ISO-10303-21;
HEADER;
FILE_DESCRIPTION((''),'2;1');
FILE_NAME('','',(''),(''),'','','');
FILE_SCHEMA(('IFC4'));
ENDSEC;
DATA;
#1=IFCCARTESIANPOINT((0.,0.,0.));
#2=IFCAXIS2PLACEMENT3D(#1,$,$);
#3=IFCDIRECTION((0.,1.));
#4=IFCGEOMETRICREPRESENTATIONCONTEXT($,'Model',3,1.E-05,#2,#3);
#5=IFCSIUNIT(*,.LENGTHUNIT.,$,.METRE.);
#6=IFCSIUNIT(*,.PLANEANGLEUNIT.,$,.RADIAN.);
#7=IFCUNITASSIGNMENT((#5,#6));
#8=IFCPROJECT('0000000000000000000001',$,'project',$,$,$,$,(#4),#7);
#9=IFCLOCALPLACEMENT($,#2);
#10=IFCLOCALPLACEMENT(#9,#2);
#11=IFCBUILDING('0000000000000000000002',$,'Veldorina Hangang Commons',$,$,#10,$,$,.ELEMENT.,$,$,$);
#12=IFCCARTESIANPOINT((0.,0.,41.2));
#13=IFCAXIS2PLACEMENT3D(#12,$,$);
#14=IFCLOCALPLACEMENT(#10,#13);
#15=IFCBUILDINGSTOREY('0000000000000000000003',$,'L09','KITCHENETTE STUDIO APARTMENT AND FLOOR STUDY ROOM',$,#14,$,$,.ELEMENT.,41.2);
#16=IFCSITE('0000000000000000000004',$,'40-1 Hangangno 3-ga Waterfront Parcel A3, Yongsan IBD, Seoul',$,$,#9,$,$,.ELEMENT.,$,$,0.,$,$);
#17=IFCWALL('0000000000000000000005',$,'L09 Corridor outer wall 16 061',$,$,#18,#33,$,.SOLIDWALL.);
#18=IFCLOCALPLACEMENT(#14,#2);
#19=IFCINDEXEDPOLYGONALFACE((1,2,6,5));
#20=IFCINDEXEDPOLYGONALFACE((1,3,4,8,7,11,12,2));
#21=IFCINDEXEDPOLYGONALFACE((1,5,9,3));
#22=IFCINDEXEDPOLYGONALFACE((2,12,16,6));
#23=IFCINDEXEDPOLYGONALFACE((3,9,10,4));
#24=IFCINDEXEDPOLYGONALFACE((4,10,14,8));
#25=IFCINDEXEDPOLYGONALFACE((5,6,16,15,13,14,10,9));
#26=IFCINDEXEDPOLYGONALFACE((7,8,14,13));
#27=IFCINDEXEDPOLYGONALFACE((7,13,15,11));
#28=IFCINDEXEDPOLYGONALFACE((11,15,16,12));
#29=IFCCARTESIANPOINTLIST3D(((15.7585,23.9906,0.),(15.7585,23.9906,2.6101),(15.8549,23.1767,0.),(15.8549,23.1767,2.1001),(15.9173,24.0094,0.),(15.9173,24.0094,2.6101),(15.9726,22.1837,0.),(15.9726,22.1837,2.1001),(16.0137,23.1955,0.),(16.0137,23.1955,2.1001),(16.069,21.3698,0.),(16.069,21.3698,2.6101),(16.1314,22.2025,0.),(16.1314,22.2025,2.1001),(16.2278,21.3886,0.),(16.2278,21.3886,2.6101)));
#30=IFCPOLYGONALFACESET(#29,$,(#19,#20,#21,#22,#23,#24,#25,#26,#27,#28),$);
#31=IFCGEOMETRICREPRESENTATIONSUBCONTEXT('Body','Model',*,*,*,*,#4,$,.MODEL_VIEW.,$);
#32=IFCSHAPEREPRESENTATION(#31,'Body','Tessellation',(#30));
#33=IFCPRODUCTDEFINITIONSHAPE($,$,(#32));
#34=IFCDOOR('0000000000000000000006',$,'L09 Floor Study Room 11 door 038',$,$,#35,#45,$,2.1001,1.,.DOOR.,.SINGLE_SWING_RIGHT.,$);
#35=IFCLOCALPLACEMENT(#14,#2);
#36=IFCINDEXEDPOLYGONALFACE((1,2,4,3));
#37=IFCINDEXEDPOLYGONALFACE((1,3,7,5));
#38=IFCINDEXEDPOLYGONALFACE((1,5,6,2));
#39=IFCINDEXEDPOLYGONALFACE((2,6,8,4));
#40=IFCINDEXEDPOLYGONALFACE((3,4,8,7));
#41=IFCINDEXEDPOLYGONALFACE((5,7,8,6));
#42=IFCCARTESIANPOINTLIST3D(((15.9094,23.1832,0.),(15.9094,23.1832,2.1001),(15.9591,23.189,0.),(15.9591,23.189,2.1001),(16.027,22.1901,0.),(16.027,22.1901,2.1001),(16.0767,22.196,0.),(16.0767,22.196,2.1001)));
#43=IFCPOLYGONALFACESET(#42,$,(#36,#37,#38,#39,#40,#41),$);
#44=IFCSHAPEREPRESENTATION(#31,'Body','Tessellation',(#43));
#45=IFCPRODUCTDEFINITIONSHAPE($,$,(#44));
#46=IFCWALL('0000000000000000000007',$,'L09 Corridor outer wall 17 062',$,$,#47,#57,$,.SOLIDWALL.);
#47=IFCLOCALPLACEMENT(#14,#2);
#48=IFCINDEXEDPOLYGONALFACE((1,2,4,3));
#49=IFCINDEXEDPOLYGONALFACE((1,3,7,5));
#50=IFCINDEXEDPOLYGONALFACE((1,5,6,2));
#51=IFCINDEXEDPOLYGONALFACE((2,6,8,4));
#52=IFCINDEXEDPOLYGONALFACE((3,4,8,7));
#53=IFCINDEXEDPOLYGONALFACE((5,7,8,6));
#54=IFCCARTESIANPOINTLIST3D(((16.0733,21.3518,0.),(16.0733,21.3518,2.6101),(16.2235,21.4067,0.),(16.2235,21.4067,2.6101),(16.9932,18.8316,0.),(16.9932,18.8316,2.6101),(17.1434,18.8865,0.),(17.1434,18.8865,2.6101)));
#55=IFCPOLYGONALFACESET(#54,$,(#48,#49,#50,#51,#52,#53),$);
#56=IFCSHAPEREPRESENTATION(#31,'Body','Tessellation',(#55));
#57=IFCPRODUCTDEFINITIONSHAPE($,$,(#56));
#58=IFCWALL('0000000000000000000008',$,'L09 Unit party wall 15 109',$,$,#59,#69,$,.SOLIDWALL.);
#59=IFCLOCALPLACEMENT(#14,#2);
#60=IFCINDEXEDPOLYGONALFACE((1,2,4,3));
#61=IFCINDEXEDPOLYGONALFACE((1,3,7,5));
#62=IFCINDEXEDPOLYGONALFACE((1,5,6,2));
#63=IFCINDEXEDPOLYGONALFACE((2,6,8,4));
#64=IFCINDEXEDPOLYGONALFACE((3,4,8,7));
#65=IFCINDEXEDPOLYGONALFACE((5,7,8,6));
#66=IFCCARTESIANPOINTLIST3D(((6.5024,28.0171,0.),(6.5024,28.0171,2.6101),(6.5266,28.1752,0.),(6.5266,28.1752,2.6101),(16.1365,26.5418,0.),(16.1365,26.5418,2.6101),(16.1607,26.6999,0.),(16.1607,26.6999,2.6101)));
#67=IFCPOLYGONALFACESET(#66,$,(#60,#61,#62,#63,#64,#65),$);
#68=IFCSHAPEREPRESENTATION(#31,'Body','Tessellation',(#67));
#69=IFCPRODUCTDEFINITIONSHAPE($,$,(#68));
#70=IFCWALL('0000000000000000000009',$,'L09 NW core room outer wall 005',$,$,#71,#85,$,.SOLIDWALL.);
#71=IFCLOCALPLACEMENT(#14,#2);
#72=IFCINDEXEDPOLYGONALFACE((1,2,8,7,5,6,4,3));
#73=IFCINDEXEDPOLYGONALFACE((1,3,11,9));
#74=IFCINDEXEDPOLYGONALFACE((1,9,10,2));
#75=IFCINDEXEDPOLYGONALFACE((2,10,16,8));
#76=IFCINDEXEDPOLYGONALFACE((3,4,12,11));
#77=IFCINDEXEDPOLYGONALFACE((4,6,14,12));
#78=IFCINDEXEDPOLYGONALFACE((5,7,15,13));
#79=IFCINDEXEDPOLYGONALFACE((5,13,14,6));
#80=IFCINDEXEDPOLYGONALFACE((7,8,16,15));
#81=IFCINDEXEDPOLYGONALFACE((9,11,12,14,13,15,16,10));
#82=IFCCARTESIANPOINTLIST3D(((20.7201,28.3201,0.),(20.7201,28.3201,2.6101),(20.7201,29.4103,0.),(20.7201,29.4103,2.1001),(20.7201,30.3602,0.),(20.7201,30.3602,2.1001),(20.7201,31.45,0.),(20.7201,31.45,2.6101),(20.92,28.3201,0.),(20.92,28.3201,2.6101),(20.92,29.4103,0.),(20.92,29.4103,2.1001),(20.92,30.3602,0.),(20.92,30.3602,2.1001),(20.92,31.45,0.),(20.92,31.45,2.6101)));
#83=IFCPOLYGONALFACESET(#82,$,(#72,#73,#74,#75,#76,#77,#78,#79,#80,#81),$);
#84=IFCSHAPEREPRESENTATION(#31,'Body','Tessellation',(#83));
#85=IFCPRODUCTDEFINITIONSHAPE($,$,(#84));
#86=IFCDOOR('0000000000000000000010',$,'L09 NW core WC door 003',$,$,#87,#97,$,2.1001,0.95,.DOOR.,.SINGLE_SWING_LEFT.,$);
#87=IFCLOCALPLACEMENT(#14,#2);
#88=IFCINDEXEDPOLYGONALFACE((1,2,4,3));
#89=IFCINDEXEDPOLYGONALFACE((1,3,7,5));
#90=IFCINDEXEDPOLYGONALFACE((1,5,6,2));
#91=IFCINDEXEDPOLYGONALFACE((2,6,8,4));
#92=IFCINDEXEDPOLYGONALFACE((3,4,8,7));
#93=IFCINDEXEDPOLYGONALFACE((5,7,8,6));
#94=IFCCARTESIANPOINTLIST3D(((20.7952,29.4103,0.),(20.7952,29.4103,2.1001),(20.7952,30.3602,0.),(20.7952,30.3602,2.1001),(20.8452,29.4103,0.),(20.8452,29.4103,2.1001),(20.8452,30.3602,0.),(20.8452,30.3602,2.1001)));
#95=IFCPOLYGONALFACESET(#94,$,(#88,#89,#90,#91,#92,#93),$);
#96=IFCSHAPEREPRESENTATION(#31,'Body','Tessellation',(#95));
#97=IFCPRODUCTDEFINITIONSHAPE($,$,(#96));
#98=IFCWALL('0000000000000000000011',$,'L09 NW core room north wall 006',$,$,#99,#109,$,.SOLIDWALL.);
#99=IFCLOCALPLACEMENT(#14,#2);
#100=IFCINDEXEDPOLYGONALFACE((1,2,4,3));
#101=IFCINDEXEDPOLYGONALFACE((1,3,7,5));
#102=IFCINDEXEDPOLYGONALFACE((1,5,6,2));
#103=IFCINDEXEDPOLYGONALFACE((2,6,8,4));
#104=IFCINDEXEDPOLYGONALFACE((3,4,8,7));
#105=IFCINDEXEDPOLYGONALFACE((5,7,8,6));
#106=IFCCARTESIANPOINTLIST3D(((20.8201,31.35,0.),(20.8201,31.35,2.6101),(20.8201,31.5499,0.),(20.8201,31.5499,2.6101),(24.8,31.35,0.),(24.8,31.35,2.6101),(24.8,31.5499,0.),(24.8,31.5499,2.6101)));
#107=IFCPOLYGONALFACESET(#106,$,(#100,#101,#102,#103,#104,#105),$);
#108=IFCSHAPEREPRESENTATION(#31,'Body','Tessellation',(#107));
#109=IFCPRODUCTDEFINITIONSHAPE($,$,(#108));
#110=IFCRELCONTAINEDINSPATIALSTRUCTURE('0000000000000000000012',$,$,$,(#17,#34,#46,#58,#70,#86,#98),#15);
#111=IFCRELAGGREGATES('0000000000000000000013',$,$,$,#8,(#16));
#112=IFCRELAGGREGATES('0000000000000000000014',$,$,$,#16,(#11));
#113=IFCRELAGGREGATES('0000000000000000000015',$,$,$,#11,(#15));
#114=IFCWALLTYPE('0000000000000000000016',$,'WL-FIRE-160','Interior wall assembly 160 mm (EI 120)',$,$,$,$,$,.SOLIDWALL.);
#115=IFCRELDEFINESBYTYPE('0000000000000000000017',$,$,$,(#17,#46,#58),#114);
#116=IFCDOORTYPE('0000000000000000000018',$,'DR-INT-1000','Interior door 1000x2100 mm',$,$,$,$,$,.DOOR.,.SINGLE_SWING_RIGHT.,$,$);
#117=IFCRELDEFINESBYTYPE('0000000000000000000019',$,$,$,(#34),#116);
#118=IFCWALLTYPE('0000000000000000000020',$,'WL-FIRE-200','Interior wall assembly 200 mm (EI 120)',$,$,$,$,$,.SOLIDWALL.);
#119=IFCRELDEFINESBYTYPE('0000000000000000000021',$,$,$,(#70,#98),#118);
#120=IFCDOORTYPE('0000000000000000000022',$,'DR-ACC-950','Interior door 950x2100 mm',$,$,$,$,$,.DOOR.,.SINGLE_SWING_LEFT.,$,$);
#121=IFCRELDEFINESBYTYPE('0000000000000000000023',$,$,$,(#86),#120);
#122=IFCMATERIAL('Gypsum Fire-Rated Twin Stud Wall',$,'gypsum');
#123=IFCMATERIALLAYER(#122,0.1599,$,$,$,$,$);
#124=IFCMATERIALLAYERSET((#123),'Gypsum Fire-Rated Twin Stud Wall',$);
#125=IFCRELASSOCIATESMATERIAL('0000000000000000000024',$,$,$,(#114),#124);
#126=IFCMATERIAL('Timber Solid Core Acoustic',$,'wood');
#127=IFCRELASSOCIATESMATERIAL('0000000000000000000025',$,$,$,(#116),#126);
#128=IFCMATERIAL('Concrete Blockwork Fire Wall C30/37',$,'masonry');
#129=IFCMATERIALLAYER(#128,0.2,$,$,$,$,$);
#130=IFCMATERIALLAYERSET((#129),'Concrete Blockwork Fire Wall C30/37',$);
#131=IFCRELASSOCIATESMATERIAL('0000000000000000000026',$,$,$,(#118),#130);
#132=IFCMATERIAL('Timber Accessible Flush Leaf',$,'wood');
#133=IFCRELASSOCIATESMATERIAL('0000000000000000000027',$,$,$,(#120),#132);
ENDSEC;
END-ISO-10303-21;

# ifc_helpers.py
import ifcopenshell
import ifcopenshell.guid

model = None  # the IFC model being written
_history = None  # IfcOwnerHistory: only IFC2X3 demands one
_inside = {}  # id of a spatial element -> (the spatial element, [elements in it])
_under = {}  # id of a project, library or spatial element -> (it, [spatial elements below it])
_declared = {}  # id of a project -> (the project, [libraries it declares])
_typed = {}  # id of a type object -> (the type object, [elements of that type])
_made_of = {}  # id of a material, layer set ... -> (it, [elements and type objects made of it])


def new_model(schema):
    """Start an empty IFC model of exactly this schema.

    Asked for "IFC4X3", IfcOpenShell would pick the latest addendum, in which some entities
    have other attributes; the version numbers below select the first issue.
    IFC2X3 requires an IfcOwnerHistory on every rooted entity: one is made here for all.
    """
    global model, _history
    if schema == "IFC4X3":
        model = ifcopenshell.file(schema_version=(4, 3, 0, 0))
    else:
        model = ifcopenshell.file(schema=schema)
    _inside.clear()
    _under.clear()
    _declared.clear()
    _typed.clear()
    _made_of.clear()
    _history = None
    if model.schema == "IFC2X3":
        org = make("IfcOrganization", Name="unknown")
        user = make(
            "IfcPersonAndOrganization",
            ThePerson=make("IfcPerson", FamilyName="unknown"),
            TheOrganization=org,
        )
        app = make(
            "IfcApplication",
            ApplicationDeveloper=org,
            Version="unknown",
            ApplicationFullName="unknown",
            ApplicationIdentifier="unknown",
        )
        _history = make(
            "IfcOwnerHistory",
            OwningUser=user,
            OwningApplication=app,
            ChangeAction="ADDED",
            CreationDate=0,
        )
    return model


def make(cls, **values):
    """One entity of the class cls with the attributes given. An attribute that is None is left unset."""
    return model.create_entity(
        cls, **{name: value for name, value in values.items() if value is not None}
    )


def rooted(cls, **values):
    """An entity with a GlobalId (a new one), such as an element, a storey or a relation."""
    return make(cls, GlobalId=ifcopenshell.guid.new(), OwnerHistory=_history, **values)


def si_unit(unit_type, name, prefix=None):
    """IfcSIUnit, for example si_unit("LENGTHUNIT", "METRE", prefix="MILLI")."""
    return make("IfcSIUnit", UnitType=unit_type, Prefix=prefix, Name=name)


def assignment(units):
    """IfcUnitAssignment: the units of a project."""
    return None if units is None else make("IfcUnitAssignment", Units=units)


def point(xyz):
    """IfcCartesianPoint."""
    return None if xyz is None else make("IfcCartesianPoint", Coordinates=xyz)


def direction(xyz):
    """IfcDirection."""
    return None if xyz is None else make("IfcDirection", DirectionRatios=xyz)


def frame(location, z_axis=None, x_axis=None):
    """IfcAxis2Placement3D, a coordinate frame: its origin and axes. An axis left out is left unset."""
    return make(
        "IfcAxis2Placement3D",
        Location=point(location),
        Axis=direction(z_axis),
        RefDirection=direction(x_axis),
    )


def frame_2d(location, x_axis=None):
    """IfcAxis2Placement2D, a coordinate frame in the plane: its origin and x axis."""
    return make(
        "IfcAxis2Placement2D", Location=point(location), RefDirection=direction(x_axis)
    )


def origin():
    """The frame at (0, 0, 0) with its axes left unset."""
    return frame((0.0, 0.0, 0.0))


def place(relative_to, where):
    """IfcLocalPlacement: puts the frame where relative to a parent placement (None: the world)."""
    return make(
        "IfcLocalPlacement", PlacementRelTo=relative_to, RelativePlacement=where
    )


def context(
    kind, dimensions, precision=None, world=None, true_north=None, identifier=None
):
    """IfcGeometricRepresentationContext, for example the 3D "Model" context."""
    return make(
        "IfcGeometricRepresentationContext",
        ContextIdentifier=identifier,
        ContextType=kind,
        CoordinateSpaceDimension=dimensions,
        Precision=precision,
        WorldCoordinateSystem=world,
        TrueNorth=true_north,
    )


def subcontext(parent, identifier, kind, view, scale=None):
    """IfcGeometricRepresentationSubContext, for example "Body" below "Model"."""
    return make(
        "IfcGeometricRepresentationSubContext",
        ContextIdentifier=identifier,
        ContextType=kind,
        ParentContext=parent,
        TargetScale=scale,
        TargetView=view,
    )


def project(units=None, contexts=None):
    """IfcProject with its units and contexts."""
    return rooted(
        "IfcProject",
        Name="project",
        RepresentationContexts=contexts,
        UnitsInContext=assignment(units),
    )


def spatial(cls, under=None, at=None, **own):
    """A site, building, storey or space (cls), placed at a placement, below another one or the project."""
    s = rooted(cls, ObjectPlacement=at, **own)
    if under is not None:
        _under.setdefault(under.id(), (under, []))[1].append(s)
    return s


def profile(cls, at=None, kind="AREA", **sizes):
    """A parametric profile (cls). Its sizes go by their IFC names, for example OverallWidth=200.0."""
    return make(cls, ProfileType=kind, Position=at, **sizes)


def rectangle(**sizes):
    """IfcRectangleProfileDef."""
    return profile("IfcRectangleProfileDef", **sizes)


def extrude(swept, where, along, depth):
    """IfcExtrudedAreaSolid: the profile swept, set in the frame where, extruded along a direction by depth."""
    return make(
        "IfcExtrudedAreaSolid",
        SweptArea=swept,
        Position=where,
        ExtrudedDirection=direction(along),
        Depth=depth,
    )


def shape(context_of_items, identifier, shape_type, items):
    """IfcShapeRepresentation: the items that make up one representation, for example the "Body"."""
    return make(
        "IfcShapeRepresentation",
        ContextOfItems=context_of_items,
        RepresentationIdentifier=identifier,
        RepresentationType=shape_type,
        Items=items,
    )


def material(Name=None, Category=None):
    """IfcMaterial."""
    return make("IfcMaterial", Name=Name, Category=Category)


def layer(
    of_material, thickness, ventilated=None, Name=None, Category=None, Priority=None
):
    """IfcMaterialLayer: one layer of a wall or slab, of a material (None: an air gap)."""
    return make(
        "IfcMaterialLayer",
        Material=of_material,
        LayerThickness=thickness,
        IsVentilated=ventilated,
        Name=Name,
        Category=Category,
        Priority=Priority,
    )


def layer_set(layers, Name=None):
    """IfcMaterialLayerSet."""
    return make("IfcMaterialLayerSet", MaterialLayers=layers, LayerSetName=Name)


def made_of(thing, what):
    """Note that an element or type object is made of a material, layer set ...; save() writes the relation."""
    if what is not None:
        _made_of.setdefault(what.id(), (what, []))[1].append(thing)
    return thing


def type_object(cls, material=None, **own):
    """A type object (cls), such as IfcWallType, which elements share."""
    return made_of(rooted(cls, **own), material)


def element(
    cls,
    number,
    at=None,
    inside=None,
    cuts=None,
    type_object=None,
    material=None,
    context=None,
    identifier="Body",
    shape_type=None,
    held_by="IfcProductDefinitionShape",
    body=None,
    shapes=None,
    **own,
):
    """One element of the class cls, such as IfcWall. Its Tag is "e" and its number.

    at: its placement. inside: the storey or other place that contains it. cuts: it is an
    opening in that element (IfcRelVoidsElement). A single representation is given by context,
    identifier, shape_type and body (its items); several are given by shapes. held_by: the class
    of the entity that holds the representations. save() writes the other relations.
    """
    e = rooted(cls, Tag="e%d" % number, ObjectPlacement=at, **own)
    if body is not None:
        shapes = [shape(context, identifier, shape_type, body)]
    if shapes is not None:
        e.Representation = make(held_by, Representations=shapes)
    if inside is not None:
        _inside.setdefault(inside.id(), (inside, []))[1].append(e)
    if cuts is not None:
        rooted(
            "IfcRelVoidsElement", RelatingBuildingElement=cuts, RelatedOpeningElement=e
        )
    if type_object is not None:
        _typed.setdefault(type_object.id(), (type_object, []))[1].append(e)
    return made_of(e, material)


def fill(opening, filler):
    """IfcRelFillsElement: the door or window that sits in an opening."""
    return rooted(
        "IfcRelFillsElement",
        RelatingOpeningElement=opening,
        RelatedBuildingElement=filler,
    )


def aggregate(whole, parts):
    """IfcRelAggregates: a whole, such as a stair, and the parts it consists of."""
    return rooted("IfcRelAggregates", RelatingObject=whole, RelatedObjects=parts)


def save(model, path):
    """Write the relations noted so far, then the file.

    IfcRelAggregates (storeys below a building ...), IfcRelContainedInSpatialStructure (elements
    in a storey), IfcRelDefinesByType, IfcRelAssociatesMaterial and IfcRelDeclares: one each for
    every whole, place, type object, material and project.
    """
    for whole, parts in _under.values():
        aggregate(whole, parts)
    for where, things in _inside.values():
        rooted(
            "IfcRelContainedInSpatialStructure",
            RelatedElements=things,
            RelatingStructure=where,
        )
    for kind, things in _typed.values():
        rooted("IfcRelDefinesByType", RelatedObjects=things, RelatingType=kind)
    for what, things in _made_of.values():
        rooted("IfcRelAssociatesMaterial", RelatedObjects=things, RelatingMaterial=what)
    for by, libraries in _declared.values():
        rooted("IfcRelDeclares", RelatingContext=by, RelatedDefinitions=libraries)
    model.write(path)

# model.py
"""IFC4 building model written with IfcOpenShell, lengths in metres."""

from ifc_helpers import new_model, si_unit, direction, frame, frame_2d, origin, place, context, subcontext, project, spatial, rectangle, extrude, material, layer, layer_set, type_object, element, fill, save


model = new_model("IFC4")

# Units and contexts
model_context = context("Model", 3, precision=1e-05, world=origin(), true_north=direction((0.0, 1.0)))
body_context = subcontext(model_context, "Body", "Model", "MODEL_VIEW")
ifc_project = project(units=[si_unit("LENGTHUNIT", "METRE"), si_unit("PLANEANGLEUNIT", "RADIAN")], contexts=[model_context])

# Site, building, storey
site_placement = place(None, origin())
site = spatial("IfcSite", under=ifc_project, at=site_placement, Name="40-1 Hangangno 3-ga Waterfront Parcel A3, Yongsan IBD, Seoul", CompositionType="ELEMENT", RefElevation=0.0)
building_placement = place(site_placement, origin())
building = spatial("IfcBuilding", under=site, at=building_placement, Name="Veldorina Hangang Commons", CompositionType="ELEMENT")
storey_placement = place(building_placement, frame((0.0, 0.0, 41.2)))
storey = spatial("IfcBuildingStorey", under=building, at=storey_placement, Name="L09", Description="KITCHENETTE STUDIO APARTMENT AND FLOOR STUDY ROOM", CompositionType="ELEMENT", Elevation=41.2)

# Shared definitions
ifc_material_1 = material(Name="Gypsum Fire-Rated Twin Stud Wall", Category="gypsum")
ifc_layer_1 = layer(ifc_material_1, 0.1599)
ifc_layer_set_1 = layer_set([ifc_layer_1], Name="Gypsum Fire-Rated Twin Stud Wall")
wall_type_1 = type_object("IfcWallType", Name="WL-FIRE-160", Description="Interior wall assembly 160 mm (EI 120)", PredefinedType="SOLIDWALL", material=ifc_layer_set_1)

# Wall, opening, door
wall_1_placement = place(storey_placement, frame((15.8379, 24.0, 0.0), z_axis=(0.0, 0.0, 1.0), x_axis=(0.117668, -0.993053, 0.0)))
wall_1 = element("IfcWall", 1, at=wall_1_placement, inside=storey, type_object=wall_type_1, Name="L09 Corridor outer wall 16 061", PredefinedType="SOLIDWALL", context=body_context, shape_type="SweptSolid", body=[
    extrude(rectangle(XDim=2.6392, YDim=0.1599, at=frame_2d((1.3196, 0.0))), origin(), (0.0, 0.0, 1.0), 2.6101),
])
opening_1_placement = place(wall_1_placement, frame((0.8196, 0.0, 0.0)))
opening_1 = element("IfcOpeningElement", 2, at=opening_1_placement, cuts=wall_1, PredefinedType="OPENING", context=body_context, shape_type="SweptSolid", body=[
    extrude(rectangle(XDim=1.0, YDim=2.1001, at=frame_2d((0.5, 1.05))), frame((0.0, 0.0898, 0.0), z_axis=(0.0, -1.0, 0.0), x_axis=(1.0, 0.0, 0.0)), (0.0, 0.0, 1.0), 0.1799),
])
ifc_material_2 = material(Name="Timber Solid Core Acoustic", Category="wood")
door_type_1 = type_object("IfcDoorType", Name="DR-INT-1000", Description="Interior door 1000x2100 mm", OperationType="SINGLE_SWING_RIGHT", PredefinedType="DOOR", material=ifc_material_2)
door_1_placement = place(opening_1_placement, origin())
door_1 = element("IfcDoor", 3, at=door_1_placement, inside=storey, type_object=door_type_1, Name="L09 Floor Study Room 11 door 038", OperationType="SINGLE_SWING_RIGHT", OverallHeight=2.1001, OverallWidth=1.0, PredefinedType="DOOR", context=body_context, shape_type="SweptSolid", body=[
    extrude(rectangle(XDim=1.0, YDim=2.1001, at=frame_2d((0.5, 1.05))), frame((0.0, 0.0249, 0.0), z_axis=(0.0, -1.0, 0.0), x_axis=(1.0, 0.0, 0.0)), (0.0, 0.0, 1.0), 0.05),
])
fill(opening_1, door_1)

# Walls
wall_2_placement = place(storey_placement, frame((16.1484, 21.3792, 0.0), z_axis=(0.0, 0.0, 1.0), x_axis=(0.342883, -0.939378, 0.0)))
element("IfcWall", 4, at=wall_2_placement, inside=storey, type_object=wall_type_1, Name="L09 Corridor outer wall 17 062", PredefinedType="SOLIDWALL", context=body_context, shape_type="SweptSolid", body=[
    extrude(rectangle(XDim=2.6829, YDim=0.1599, at=frame_2d((1.3413, 0.0))), origin(), (0.0, 0.0, 1.0), 2.6101),
])
wall_3_placement = place(storey_placement, frame((16.1484, 26.6208, 0.0), z_axis=(0.0, 0.0, 1.0), x_axis=(-0.988477, 0.151374, 0.0)))
element("IfcWall", 5, at=wall_3_placement, inside=storey, type_object=wall_type_1, Name="L09 Unit party wall 15 109", PredefinedType="SOLIDWALL", context=body_context, shape_type="SweptSolid", body=[
    extrude(rectangle(XDim=9.7463, YDim=0.1599, at=frame_2d((4.873, 0.0))), origin(), (0.0, 0.0, 1.0), 2.6101),
])

# Wall, opening, door
ifc_material_3 = material(Name="Concrete Blockwork Fire Wall C30/37", Category="masonry")
ifc_layer_2 = layer(ifc_material_3, 0.2)
ifc_layer_set_2 = layer_set([ifc_layer_2], Name="Concrete Blockwork Fire Wall C30/37")
wall_type_2 = type_object("IfcWallType", Name="WL-FIRE-200", Description="Interior wall assembly 200 mm (EI 120)", PredefinedType="SOLIDWALL", material=ifc_layer_set_2)
wall_4_placement = place(storey_placement, frame((20.8201, 28.3201, 0.0), z_axis=(0.0, 0.0, 1.0), x_axis=(0.0, 1.0, 0.0)))
wall_4 = element("IfcWall", 6, at=wall_4_placement, inside=storey, type_object=wall_type_2, Name="L09 NW core room outer wall 005", PredefinedType="SOLIDWALL", context=body_context, shape_type="SweptSolid", body=[
    extrude(rectangle(XDim=3.1299, YDim=0.2, at=frame_2d((1.5649, 0.0))), origin(), (0.0, 0.0, 1.0), 2.6101),
])
opening_2_placement = place(wall_4_placement, frame((1.0901, 0.0, 0.0)))
opening_2 = element("IfcOpeningElement", 7, at=opening_2_placement, cuts=wall_4, PredefinedType="OPENING", context=body_context, shape_type="SweptSolid", body=[
    extrude(rectangle(XDim=0.95, YDim=2.1001, at=frame_2d((0.4751, 1.05))), frame((0.0, 0.1099, 0.0), z_axis=(0.0, -1.0, 0.0), x_axis=(1.0, 0.0, 0.0)), (0.0, 0.0, 1.0), 0.22),
])
ifc_material_4 = material(Name="Timber Accessible Flush Leaf", Category="wood")
door_type_2 = type_object("IfcDoorType", Name="DR-ACC-950", Description="Interior door 950x2100 mm", OperationType="SINGLE_SWING_LEFT", PredefinedType="DOOR", material=ifc_material_4)
door_2_placement = place(opening_2_placement, origin())
door_2 = element("IfcDoor", 8, at=door_2_placement, inside=storey, type_object=door_type_2, Name="L09 NW core WC door 003", OperationType="SINGLE_SWING_LEFT", OverallHeight=2.1001, OverallWidth=0.95, PredefinedType="DOOR", context=body_context, shape_type="SweptSolid", body=[
    extrude(rectangle(XDim=0.95, YDim=2.1001, at=frame_2d((0.4751, 1.05))), frame((0.0, 0.0249, 0.0), z_axis=(0.0, -1.0, 0.0), x_axis=(1.0, 0.0, 0.0)), (0.0, 0.0, 1.0), 0.05),
])
fill(opening_2, door_2)

# Wall
wall_5_placement = place(storey_placement, frame((20.8201, 31.45, 0.0), z_axis=(0.0, 0.0, 1.0), x_axis=(1.0, 0.0, 0.0)))
element("IfcWall", 9, at=wall_5_placement, inside=storey, type_object=wall_type_2, Name="L09 NW core room north wall 006", PredefinedType="SOLIDWALL", context=body_context, shape_type="SweptSolid", body=[
    extrude(rectangle(XDim=3.98, YDim=0.2, at=frame_2d((1.99, 0.0))), origin(), (0.0, 0.0, 1.0), 2.6101),
])

save(model, "model.ifc")
